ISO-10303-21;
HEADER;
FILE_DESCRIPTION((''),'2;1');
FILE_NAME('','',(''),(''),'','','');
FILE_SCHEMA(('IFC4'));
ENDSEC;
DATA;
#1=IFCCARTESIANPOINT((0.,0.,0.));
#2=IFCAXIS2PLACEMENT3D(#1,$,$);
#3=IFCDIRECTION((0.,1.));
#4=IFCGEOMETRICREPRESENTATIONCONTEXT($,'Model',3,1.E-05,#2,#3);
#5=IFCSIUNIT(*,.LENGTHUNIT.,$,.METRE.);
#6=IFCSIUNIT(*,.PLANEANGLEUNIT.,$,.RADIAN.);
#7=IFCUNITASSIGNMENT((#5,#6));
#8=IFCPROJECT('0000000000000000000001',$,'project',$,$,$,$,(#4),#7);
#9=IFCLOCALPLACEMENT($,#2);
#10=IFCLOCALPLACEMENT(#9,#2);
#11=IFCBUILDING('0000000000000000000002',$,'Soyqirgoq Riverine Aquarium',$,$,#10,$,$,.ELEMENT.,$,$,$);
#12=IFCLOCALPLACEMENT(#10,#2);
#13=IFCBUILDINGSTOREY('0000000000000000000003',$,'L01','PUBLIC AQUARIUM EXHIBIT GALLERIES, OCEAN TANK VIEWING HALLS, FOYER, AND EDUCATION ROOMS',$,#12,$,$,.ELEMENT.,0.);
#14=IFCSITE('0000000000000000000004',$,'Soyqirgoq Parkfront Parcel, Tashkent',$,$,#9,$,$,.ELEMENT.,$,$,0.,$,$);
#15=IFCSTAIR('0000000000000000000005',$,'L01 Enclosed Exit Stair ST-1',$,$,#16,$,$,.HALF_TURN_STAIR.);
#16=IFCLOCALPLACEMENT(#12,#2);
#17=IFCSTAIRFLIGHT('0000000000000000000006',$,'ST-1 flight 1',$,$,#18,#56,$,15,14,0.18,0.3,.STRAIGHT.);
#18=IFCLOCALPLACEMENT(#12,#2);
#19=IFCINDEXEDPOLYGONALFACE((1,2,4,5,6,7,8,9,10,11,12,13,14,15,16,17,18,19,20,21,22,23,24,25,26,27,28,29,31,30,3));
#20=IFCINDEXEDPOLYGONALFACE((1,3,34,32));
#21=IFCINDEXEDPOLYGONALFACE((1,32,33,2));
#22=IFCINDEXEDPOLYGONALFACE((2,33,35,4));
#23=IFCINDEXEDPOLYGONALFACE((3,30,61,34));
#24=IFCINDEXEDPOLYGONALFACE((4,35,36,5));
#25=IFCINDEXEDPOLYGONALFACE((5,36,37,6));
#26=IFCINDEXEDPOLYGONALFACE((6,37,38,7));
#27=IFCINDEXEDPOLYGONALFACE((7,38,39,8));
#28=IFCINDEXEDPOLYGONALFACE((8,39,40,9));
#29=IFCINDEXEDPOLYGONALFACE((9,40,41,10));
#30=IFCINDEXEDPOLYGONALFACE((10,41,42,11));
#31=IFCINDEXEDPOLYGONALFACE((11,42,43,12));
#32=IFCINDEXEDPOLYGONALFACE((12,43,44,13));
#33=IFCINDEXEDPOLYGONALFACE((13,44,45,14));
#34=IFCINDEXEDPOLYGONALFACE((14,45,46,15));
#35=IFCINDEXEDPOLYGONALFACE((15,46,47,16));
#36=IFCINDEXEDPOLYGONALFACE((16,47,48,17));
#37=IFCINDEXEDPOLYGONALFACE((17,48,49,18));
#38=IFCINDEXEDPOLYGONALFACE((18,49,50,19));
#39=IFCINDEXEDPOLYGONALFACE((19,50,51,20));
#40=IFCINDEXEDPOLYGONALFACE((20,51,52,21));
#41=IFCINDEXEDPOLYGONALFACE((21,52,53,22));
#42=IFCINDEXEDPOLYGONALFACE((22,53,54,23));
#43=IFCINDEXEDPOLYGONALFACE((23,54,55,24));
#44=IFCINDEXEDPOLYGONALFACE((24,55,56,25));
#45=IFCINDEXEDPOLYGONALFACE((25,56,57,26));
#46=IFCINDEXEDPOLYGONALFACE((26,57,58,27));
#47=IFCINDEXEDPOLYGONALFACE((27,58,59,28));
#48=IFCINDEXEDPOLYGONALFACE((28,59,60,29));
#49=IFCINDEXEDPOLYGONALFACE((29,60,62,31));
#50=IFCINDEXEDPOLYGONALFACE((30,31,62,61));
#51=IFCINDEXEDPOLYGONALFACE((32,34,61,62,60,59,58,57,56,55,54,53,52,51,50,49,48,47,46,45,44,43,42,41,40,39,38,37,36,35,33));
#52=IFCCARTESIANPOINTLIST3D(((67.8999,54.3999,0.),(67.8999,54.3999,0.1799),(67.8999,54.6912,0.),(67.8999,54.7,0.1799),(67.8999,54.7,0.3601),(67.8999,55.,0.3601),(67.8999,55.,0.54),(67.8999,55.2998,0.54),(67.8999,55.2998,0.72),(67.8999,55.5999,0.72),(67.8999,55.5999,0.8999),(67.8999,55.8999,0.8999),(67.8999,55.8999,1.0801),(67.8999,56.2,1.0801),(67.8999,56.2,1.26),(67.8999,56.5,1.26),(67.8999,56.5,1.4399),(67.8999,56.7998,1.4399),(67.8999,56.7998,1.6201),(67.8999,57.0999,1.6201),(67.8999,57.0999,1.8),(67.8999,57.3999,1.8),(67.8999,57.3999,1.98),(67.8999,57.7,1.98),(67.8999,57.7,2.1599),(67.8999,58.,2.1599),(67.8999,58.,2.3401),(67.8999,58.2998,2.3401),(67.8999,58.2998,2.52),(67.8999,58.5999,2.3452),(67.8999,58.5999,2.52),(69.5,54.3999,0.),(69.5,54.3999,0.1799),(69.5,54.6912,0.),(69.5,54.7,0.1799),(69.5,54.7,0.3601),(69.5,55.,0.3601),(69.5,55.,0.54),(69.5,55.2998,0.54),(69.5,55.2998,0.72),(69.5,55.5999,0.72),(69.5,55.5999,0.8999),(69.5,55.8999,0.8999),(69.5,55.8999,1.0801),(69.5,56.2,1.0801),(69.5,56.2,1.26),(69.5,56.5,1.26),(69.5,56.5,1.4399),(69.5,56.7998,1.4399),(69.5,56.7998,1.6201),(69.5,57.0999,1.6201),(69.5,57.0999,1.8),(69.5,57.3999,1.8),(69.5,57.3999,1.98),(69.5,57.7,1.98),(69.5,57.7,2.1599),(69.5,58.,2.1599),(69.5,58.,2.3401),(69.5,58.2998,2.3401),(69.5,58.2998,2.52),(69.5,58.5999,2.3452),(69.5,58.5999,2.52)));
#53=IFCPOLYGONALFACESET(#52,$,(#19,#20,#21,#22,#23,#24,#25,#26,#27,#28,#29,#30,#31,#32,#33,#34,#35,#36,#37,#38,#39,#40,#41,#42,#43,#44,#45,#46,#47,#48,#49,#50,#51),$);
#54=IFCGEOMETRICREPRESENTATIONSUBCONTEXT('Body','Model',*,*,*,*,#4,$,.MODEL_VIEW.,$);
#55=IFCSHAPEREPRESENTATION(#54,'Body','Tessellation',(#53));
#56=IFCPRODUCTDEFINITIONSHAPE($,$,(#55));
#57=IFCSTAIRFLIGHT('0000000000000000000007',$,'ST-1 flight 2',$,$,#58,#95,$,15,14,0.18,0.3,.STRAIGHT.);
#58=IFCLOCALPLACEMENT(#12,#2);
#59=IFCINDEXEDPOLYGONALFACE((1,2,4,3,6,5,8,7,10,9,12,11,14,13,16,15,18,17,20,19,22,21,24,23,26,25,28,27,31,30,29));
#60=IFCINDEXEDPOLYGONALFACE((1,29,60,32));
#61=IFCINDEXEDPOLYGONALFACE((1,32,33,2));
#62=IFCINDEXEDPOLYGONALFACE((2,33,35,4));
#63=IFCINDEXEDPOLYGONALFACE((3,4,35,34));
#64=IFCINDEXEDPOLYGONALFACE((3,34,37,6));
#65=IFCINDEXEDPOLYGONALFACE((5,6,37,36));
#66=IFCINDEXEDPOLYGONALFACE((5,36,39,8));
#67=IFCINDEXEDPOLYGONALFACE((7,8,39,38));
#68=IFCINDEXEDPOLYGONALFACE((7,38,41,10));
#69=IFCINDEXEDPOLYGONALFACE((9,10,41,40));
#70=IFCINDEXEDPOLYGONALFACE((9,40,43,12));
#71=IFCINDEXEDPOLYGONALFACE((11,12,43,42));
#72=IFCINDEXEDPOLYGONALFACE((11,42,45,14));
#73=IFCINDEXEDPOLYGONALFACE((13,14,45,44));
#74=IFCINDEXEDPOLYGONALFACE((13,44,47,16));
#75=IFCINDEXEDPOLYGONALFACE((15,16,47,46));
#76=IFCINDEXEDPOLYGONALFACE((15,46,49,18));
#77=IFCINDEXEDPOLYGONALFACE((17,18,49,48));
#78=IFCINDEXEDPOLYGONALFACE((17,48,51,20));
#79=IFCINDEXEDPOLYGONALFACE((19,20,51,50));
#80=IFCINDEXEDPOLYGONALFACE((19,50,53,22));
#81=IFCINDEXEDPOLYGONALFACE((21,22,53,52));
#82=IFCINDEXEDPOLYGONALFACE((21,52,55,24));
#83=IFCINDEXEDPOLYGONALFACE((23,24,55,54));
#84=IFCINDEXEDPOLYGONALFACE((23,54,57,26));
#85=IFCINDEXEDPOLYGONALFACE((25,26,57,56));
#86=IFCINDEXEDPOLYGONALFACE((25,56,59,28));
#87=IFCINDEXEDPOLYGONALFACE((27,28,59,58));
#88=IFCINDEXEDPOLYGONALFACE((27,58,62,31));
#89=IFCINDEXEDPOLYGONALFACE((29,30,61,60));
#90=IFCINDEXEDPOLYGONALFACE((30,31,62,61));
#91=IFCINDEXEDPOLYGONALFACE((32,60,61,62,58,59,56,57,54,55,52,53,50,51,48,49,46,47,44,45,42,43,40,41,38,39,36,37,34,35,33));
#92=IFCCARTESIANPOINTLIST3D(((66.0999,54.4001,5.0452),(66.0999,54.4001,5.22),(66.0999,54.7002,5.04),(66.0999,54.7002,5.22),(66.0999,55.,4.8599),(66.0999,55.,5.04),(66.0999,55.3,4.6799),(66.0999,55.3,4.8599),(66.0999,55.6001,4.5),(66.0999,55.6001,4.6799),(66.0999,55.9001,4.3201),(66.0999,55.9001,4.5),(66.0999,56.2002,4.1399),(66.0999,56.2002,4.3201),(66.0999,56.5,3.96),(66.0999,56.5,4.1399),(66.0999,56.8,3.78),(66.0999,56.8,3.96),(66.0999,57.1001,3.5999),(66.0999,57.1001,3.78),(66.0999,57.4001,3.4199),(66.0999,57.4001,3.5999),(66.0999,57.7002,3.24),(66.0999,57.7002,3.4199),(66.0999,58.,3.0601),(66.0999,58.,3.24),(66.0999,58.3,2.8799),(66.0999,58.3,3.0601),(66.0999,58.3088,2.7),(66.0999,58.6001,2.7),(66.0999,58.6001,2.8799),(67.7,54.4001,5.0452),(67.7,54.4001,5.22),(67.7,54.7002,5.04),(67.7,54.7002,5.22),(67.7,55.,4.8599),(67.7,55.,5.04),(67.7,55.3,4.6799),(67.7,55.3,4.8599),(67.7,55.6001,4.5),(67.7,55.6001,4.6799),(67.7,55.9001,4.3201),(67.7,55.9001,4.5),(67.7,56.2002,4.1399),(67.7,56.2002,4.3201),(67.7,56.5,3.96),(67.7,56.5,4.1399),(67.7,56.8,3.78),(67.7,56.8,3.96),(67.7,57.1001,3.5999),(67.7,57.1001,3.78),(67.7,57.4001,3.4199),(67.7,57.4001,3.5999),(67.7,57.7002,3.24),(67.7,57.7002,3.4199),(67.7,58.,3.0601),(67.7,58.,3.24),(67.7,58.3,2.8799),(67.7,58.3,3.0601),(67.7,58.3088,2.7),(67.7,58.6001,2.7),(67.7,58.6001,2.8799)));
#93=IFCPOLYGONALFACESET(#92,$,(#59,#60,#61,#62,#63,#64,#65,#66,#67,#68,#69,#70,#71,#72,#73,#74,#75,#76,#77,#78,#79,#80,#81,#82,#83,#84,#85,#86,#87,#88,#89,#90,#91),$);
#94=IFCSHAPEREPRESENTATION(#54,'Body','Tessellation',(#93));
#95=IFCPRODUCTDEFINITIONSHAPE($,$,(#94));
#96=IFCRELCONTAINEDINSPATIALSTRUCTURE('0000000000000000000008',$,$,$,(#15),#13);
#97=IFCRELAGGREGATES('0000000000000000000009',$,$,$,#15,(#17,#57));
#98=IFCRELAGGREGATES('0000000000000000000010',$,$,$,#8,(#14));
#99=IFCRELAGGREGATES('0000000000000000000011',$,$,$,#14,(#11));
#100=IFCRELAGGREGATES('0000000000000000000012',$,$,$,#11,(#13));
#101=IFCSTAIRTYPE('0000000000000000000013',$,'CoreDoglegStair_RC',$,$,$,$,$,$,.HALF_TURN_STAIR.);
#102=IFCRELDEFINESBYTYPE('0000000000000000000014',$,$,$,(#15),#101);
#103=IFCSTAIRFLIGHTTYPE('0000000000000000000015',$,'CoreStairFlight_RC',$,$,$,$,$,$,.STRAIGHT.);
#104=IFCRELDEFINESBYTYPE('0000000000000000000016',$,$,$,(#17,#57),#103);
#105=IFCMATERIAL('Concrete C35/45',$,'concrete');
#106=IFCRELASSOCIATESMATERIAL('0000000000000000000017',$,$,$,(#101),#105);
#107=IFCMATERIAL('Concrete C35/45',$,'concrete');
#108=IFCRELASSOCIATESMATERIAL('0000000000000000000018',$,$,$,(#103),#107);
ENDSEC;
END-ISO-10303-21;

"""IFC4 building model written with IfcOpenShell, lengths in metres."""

from ifc_helpers import new_model, si_unit, direction, frame, origin, place, context, subcontext, project, spatial, polyline, outline, extrude, material, type_object, element, aggregate, save


model = new_model("IFC4")

# Units and contexts
model_context = context("Model", 3, precision=1e-05, world=origin(), true_north=direction((0.0, 1.0)))
body_context = subcontext(model_context, "Body", "Model", "MODEL_VIEW")
ifc_project = project(units=[si_unit("LENGTHUNIT", "METRE"), si_unit("PLANEANGLEUNIT", "RADIAN")], contexts=[model_context])

# Site, building, storey
site_placement = place(None, origin())
site = spatial("IfcSite", under=ifc_project, at=site_placement, Name="Soyqirgoq Parkfront Parcel, Tashkent", CompositionType="ELEMENT", RefElevation=0.0)
building_placement = place(site_placement, origin())
building = spatial("IfcBuilding", under=site, at=building_placement, Name="Soyqirgoq Riverine Aquarium", CompositionType="ELEMENT")
storey_placement = place(building_placement, origin())
storey = spatial("IfcBuildingStorey", under=building, at=storey_placement, Name="L01", Description="PUBLIC AQUARIUM EXHIBIT GALLERIES, OCEAN TANK VIEWING HALLS, FOYER, AND EDUCATION ROOMS", CompositionType="ELEMENT", Elevation=0.0)

# Stair, stair flights
ifc_material_1 = material(Name="Concrete C35/45", Category="concrete")
stair_type = type_object("IfcStairType", Name="CoreDoglegStair_RC", PredefinedType="HALF_TURN_STAIR", material=ifc_material_1)
stair_placement = place(storey_placement, origin())
stair = element("IfcStair", 1, at=stair_placement, inside=storey, type_object=stair_type, Name="L01 Enclosed Exit Stair ST-1", PredefinedType="HALF_TURN_STAIR")
ifc_material_2 = material(Name="Concrete C35/45", Category="concrete")
stair_flight_type = type_object("IfcStairFlightType", Name="CoreStairFlight_RC", PredefinedType="STRAIGHT", material=ifc_material_2)
stair_flight_1_placement = place(storey_placement, frame((68.7, 54.3999, 0.0), z_axis=(0.0, 0.0, 1.0), x_axis=(0.0, 1.0, 0.0)))
stair_flight_1 = element("IfcStairFlight", 2, at=stair_flight_1_placement, type_object=stair_flight_type, Name="ST-1 flight 1", NumberOfRisers=15, NumberOfTreads=14, PredefinedType="STRAIGHT", RiserHeight=0.18, TreadLength=0.3, context=body_context, shape_type="SweptSolid", body=[
    extrude(outline(polyline([(0.0, 0.0), (0.0, 0.1799), (0.3, 0.1799), (0.3, 0.3601), (0.6001, 0.3601), (0.6001, 0.54), (0.8999, 0.54), (0.8999, 0.72), (1.2, 0.72), (1.2, 0.8999), (1.5, 0.8999), (1.5, 1.0801), (1.8, 1.0801), (1.8, 1.26), (2.1001, 1.26), (2.1001, 1.4399), (2.3999, 1.4399), (2.3999, 1.6201), (2.7, 1.6201), (2.7, 1.8), (3.0, 1.8), (3.0, 1.98), (3.3, 1.98), (3.3, 2.1599), (3.6001, 2.1599), (3.6001, 2.3401), (3.8999, 2.3401), (3.8999, 2.52), (4.2, 2.52), (4.2, 2.7), (4.2, 2.3452), (0.2913, 0.0), (0.0, 0.0)])), frame((0.0, 0.8, 0.0), z_axis=(0.0, -1.0, 0.0), x_axis=(1.0, 0.0, 0.0)), (0.0, 0.0, 1.0), 1.6001),
])
stair_flight_2_placement = place(storey_placement, frame((66.8999, 58.6001, 2.7), z_axis=(0.0, 0.0, 1.0), x_axis=(0.0, -1.0, 0.0)))
stair_flight_2 = element("IfcStairFlight", 3, at=stair_flight_2_placement, type_object=stair_flight_type, Name="ST-1 flight 2", NumberOfRisers=15, NumberOfTreads=14, PredefinedType="STRAIGHT", RiserHeight=0.18, TreadLength=0.3, context=body_context, shape_type="SweptSolid", body=[
    extrude(outline(polyline([(0.0, 0.0), (0.0, 0.1799), (0.3, 0.1799), (0.3, 0.3601), (0.6001, 0.3601), (0.6001, 0.54), (0.8999, 0.54), (0.8999, 0.72), (1.2, 0.72), (1.2, 0.8999), (1.5, 0.8999), (1.5, 1.0801), (1.8, 1.0801), (1.8, 1.26), (2.1001, 1.26), (2.1001, 1.4399), (2.3999, 1.4399), (2.3999, 1.6201), (2.7, 1.6201), (2.7, 1.8), (3.0, 1.8), (3.0, 1.98), (3.3, 1.98), (3.3, 2.1599), (3.6001, 2.1599), (3.6001, 2.3401), (3.8999, 2.3401), (3.8999, 2.52), (4.2, 2.52), (4.2, 2.7), (4.2, 2.3452), (0.2913, 0.0), (0.0, 0.0)])), frame((0.0, 0.8, 0.0), z_axis=(0.0, -1.0, 0.0), x_axis=(1.0, 0.0, 0.0)), (0.0, 0.0, 1.0), 1.6001),
])
aggregate(stair, [stair_flight_1, stair_flight_2])

save(model, "model.ifc")
